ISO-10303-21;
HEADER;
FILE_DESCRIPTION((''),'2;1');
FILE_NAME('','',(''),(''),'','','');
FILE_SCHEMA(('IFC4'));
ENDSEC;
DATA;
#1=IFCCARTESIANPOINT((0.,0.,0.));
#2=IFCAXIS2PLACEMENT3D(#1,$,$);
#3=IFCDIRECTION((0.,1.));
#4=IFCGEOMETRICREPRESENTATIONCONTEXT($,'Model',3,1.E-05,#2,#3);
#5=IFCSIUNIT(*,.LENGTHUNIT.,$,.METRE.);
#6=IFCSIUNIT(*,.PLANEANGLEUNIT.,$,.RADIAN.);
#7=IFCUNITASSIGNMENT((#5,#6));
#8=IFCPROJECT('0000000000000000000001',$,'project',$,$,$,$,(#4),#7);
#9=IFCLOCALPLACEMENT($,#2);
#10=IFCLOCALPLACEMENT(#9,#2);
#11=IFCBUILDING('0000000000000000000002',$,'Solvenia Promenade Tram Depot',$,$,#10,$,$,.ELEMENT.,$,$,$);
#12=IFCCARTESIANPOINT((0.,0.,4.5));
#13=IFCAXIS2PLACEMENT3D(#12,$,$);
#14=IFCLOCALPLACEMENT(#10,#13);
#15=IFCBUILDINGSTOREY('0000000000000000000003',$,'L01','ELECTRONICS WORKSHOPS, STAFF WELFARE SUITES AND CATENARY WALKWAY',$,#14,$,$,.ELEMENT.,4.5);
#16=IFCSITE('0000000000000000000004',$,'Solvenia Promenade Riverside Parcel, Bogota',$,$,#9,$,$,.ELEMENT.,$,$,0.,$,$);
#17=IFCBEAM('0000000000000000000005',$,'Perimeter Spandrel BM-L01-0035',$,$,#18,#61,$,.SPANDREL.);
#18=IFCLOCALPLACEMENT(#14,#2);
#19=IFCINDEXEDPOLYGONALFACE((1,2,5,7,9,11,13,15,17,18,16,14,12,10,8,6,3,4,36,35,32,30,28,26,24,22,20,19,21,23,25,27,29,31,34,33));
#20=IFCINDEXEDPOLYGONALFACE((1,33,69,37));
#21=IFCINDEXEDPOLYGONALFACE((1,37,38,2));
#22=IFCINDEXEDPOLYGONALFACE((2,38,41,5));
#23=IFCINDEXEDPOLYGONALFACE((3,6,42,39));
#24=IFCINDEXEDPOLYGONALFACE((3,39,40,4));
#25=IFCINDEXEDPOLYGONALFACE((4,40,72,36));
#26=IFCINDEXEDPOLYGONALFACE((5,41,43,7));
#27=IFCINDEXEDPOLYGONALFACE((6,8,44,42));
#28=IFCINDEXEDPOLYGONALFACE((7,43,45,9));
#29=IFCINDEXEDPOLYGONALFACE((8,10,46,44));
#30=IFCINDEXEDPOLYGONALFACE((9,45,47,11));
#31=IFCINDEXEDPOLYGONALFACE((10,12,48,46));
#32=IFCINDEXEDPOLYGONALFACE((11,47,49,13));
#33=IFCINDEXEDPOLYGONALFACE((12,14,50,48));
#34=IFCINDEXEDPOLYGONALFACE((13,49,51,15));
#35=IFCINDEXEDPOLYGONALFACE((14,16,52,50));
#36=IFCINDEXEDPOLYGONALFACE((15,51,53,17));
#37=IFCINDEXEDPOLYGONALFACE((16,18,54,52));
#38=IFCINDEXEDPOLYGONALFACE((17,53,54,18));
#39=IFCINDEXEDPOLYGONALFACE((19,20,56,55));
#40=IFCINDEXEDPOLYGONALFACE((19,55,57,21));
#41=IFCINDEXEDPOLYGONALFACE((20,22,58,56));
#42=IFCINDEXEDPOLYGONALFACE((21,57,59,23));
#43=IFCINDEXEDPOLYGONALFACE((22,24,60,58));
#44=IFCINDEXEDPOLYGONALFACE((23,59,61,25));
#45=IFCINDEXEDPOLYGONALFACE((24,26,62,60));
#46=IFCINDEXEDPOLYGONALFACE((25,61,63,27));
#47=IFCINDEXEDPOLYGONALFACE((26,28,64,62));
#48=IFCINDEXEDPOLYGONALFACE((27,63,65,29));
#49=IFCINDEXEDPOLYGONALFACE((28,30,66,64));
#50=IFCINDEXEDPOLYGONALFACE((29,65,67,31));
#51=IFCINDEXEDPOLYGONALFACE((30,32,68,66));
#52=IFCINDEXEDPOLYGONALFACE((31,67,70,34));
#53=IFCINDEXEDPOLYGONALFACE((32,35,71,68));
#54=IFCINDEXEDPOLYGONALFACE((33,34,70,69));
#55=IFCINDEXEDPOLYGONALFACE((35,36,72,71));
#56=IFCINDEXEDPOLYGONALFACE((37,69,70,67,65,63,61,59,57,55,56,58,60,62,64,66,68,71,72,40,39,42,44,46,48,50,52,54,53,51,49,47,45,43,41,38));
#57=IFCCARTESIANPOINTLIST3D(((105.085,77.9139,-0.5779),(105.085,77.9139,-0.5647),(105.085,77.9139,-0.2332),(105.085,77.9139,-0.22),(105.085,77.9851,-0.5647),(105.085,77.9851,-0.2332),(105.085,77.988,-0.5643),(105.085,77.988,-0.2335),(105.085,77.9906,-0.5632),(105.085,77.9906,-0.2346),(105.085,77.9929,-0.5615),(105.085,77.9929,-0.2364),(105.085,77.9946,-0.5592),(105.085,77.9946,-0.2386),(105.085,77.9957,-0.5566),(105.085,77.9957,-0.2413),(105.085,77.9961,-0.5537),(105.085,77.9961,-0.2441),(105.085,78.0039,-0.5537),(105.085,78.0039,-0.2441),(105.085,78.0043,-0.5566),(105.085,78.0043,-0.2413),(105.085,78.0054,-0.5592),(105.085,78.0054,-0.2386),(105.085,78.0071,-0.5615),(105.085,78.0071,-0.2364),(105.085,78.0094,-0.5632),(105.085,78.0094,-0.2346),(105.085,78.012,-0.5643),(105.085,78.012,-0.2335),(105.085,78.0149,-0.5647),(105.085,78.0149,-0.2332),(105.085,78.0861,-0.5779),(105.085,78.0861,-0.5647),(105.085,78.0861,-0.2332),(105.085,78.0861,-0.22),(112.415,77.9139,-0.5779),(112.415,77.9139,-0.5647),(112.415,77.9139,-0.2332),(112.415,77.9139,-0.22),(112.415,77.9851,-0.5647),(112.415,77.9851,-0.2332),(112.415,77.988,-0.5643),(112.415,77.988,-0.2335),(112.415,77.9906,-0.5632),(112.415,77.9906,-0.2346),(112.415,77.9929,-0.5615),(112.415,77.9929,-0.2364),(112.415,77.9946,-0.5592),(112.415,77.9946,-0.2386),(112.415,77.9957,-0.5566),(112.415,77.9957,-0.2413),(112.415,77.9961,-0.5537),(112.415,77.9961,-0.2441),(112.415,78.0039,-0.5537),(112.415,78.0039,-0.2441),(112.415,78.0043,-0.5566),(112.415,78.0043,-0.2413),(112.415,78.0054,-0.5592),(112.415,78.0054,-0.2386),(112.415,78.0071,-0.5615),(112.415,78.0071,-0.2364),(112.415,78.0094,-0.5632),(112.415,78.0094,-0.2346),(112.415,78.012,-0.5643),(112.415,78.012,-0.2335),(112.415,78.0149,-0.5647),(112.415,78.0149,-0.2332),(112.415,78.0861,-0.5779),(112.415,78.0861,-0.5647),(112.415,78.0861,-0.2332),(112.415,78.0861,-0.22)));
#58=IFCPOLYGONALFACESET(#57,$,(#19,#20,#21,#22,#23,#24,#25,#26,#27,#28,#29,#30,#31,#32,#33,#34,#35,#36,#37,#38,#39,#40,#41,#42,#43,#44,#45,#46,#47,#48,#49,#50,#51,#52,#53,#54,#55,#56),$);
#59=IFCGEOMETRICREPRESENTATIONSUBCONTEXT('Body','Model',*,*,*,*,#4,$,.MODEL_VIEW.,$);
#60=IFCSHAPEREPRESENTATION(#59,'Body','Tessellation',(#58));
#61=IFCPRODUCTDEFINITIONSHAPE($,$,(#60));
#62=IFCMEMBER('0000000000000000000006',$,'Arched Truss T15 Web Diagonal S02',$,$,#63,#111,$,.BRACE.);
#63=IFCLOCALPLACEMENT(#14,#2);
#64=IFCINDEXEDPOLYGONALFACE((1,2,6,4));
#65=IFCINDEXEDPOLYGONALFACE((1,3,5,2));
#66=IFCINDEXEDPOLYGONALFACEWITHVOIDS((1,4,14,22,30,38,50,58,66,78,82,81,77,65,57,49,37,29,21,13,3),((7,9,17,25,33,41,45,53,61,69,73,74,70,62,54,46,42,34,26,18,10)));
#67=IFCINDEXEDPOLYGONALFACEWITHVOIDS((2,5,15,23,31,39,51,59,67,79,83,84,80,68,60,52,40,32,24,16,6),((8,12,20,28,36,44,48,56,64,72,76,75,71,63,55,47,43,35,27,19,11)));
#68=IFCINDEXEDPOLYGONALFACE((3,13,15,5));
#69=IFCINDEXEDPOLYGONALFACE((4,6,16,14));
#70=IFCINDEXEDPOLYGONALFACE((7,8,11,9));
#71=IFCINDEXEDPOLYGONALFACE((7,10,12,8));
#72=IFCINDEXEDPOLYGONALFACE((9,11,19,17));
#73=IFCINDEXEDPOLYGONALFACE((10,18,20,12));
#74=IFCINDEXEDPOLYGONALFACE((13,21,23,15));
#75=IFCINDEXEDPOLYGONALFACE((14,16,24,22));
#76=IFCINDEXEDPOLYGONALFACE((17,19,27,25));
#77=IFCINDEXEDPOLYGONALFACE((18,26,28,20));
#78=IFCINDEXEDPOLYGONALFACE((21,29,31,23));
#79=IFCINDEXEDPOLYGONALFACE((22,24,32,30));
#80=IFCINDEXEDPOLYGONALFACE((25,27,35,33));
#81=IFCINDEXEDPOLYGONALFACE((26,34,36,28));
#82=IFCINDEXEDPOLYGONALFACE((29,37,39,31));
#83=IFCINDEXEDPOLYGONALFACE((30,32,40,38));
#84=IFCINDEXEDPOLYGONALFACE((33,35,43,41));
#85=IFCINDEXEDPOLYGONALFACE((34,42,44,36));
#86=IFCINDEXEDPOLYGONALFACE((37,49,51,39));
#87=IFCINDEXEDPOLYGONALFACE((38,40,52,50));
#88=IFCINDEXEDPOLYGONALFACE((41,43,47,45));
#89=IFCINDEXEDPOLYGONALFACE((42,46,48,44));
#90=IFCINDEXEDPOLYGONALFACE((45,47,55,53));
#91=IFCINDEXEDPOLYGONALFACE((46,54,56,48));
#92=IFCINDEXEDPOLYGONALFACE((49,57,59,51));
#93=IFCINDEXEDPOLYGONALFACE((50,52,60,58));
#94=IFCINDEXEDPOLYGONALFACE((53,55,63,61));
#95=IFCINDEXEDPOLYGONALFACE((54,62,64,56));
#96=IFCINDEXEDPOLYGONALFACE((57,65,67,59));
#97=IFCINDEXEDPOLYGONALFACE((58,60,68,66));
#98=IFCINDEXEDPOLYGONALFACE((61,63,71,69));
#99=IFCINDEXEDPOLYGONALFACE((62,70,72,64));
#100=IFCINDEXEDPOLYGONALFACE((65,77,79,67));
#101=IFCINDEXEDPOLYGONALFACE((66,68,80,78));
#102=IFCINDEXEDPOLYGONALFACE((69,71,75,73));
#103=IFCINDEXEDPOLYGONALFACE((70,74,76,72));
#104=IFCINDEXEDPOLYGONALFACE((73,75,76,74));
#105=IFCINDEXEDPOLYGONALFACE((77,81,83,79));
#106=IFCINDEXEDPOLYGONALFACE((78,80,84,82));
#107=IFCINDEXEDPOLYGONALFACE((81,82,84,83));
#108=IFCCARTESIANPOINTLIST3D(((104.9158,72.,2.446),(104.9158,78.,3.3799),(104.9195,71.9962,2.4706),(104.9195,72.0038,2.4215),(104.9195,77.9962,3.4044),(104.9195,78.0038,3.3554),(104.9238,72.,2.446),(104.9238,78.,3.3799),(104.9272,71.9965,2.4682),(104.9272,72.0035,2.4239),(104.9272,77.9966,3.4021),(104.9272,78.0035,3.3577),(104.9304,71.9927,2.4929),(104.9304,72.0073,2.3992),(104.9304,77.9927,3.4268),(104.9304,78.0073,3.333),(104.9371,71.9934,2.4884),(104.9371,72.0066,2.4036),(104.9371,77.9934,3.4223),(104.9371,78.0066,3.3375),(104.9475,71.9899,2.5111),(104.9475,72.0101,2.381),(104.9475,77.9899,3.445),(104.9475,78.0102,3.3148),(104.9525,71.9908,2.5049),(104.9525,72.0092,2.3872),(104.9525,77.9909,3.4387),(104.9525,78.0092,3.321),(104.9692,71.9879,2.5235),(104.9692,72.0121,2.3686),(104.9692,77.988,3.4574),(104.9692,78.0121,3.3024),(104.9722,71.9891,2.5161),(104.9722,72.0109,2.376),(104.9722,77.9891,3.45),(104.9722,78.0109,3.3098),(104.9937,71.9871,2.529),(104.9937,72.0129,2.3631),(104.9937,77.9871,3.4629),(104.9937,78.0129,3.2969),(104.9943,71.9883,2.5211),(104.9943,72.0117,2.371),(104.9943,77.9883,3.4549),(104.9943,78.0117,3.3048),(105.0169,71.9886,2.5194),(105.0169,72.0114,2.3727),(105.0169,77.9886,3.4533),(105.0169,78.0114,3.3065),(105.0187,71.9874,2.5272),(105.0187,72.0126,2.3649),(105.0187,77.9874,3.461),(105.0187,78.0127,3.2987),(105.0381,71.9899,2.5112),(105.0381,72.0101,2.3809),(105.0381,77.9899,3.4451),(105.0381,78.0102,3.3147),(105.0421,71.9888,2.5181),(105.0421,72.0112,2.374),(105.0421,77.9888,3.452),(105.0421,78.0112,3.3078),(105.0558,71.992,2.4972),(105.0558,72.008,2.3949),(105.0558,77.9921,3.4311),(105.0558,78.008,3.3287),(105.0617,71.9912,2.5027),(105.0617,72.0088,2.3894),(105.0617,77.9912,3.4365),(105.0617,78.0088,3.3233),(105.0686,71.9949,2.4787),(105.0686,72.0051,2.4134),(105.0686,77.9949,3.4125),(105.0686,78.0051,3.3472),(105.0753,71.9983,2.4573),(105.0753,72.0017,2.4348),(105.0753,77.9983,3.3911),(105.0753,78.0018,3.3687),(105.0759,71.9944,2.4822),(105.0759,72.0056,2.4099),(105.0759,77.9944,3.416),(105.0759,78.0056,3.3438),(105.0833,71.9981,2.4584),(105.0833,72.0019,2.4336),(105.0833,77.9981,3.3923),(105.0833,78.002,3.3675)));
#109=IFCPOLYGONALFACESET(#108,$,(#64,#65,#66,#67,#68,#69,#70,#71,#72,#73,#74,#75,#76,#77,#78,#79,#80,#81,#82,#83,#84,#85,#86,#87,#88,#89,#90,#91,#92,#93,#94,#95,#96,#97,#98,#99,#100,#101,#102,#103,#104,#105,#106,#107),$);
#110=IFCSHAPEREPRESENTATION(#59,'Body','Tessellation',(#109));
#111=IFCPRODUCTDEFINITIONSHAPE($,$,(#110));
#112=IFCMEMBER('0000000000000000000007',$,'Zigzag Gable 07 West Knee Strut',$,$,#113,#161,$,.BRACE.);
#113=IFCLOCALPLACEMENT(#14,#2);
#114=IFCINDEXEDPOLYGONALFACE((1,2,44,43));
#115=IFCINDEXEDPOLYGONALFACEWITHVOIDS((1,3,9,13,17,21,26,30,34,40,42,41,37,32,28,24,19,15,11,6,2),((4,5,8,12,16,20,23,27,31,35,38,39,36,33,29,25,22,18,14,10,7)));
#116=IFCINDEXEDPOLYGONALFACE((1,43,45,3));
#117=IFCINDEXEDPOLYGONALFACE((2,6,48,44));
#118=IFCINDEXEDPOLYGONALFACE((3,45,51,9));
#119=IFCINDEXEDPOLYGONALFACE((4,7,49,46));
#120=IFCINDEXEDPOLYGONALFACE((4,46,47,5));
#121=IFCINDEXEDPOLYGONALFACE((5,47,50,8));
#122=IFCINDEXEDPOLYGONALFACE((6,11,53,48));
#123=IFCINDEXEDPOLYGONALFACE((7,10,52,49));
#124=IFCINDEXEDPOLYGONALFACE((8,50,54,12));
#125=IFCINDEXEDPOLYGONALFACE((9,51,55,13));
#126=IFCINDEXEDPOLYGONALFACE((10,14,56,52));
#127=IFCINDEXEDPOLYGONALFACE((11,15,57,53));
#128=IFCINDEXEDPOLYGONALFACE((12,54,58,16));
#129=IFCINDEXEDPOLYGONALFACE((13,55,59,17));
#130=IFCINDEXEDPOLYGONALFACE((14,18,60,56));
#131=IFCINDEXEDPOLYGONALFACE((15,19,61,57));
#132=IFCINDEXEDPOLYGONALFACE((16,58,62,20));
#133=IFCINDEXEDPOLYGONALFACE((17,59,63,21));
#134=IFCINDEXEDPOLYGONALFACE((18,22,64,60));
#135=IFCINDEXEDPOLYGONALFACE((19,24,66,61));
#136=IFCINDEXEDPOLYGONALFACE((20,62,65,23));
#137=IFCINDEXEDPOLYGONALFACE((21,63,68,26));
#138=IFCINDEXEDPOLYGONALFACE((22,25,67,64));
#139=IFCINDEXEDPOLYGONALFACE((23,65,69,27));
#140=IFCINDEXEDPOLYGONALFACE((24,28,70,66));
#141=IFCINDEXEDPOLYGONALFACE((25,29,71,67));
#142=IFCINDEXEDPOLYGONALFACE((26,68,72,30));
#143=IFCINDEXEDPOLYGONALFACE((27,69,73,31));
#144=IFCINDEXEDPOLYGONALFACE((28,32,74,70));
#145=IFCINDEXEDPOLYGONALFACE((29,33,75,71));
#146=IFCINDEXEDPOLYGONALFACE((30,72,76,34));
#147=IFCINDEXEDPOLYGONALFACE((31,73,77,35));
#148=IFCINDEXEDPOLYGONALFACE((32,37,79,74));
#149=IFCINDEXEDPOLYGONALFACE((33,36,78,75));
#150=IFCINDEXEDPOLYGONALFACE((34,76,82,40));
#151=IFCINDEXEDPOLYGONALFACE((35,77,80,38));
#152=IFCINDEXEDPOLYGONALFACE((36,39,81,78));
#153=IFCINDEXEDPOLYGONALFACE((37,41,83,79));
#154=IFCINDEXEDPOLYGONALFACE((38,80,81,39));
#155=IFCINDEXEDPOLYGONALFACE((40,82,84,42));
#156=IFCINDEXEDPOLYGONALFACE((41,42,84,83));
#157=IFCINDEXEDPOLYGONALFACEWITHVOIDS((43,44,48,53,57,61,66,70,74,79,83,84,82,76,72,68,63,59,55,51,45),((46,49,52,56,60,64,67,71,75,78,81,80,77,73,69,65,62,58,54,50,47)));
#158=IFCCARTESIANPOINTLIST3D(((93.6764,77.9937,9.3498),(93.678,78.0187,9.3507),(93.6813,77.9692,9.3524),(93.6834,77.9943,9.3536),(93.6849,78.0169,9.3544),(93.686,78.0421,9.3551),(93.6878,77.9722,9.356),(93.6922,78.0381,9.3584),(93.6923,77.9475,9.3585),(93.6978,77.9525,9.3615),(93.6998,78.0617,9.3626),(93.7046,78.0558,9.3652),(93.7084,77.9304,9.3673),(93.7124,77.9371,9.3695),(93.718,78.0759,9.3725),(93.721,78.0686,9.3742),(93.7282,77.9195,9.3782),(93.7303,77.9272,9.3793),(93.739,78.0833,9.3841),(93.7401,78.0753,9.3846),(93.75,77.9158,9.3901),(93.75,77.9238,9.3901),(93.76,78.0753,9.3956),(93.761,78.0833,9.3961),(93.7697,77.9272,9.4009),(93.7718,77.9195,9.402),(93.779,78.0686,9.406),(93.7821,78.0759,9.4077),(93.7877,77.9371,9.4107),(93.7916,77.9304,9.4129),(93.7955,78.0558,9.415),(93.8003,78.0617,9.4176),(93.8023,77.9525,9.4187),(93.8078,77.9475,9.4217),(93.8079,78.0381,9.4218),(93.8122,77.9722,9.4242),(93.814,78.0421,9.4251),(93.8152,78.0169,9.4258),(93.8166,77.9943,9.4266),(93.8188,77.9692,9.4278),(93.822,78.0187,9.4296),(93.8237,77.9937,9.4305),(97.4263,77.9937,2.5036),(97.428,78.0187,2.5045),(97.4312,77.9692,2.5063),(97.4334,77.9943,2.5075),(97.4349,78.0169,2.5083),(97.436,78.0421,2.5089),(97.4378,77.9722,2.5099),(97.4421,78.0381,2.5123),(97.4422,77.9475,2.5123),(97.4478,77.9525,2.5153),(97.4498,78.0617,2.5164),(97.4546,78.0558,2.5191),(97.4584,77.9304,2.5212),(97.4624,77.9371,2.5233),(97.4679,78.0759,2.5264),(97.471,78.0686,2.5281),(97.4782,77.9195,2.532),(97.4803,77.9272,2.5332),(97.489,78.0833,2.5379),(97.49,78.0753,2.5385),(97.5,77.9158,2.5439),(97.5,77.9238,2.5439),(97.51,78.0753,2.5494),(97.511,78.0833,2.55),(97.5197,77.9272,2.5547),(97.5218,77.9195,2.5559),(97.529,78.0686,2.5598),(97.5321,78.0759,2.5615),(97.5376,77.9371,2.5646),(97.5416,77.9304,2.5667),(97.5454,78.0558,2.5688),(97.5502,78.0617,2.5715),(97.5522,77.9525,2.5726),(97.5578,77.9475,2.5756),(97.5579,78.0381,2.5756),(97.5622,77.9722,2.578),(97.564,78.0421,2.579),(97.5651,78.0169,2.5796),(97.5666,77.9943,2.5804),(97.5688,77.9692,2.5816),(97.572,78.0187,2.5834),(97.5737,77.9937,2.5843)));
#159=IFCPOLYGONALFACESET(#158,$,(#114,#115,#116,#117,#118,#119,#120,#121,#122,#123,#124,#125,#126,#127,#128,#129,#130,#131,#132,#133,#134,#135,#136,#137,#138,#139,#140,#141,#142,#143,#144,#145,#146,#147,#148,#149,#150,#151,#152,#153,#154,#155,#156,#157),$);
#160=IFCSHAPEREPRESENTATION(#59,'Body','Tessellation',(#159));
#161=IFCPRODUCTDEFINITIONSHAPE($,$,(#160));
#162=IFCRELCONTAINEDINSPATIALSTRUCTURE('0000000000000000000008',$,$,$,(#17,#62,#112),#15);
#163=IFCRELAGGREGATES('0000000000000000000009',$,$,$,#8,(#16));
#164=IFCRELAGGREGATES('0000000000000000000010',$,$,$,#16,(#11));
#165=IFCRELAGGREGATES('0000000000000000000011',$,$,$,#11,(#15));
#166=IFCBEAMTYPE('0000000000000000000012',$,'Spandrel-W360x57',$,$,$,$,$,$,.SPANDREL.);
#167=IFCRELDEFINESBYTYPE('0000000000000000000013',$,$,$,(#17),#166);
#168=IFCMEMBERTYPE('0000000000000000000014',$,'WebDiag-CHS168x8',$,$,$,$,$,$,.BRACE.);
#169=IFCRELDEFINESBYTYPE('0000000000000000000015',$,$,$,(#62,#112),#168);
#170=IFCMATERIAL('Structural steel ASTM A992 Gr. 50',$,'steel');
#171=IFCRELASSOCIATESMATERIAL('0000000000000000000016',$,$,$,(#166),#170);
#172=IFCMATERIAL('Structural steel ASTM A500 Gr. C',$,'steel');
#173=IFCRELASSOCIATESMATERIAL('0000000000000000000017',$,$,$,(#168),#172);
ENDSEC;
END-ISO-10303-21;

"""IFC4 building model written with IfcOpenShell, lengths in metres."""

from ifc_helpers import new_model, si_unit, direction, frame, origin, origin_2d, place, context, subcontext, project, spatial, hollow_circle, i_section, extrude, material, material_profile, profile_set, type_object, element, save


model = new_model("IFC4")

# Units and contexts
model_context = context("Model", 3, precision=1e-05, world=origin(), true_north=direction((0.0, 1.0)))
body_context = subcontext(model_context, "Body", "Model", "MODEL_VIEW")
ifc_project = project(units=[si_unit("LENGTHUNIT", "METRE"), si_unit("PLANEANGLEUNIT", "RADIAN")], contexts=[model_context])

# Site, building, storey
site_placement = place(None, origin())
site = spatial("IfcSite", under=ifc_project, at=site_placement, Name="Solvenia Promenade Riverside Parcel, Bogota", CompositionType="ELEMENT", RefElevation=0.0)
building_placement = place(site_placement, origin())
building = spatial("IfcBuilding", under=site, at=building_placement, Name="Solvenia Promenade Tram Depot", CompositionType="ELEMENT")
storey_placement = place(building_placement, frame((0.0, 0.0, 4.5)))
storey = spatial("IfcBuildingStorey", under=building, at=storey_placement, Name="L01", Description="ELECTRONICS WORKSHOPS, STAFF WELFARE SUITES AND CATENARY WALKWAY", CompositionType="ELEMENT", Elevation=4.5)

# Shared definitions
ifc_material_1 = material(Name="Structural steel ASTM A992 Gr. 50", Category="steel")

# Shared definitions
ifc_material_2 = material(Name="Structural steel ASTM A500 Gr. C", Category="steel")

# Beam
ifc_material_profile_1 = material_profile(ifc_material_1, i_section(OverallWidth=0.1721, OverallDepth=0.3579, WebThickness=0.0078, FlangeThickness=0.0132, FilletRadius=0.011, at=origin_2d()), Name="W360x57", Category="steel")
ifc_profile_set_1 = profile_set([ifc_material_profile_1], Name="Structural steel ASTM A992 Gr. 50")
beam_type_1 = type_object("IfcBeamType", Name="Spandrel-W360x57", PredefinedType="SPANDREL", material=ifc_profile_set_1)
for number, where, z_axis, x_axis, name in (
    (1, (105.085, 78.0, -0.3989), (1.0, 0.0, 0.0), (0.0, 1.0, 0.0), "Perimeter Spandrel BM-L01-0035"),
):
    element("IfcBeam", number, at=place(storey_placement, frame(where, z_axis=z_axis, x_axis=x_axis)), inside=storey, type_object=beam_type_1, Name=name, PredefinedType="SPANDREL", context=body_context, shape_type="SweptSolid", body=[
        extrude(i_section(OverallWidth=0.1721, OverallDepth=0.3579, WebThickness=0.0078, FlangeThickness=0.0132, FilletRadius=0.011, at=origin_2d()), origin(), (0.0, 0.0, 1.0), 7.3301),
    ])

# Members
ifc_material_profile_2 = material_profile(ifc_material_2, hollow_circle(Radius=0.0842, WallThickness=0.0081, at=origin_2d()), Name="CHS168.3x8", Category="steel")
ifc_profile_set_2 = profile_set([ifc_material_profile_2], Name="Structural steel ASTM A500 Gr. C")
member_type_1 = type_object("IfcMemberType", Name="WebDiag-CHS168x8", PredefinedType="BRACE", material=ifc_profile_set_2)
member_1_placement = place(storey_placement, frame((105.0, 72.0, 2.446), z_axis=(0.0, 0.988104, 0.153788), x_axis=(-1.0, 0.0, 0.0)))
element("IfcMember", 2, at=member_1_placement, inside=storey, type_object=member_type_1, Name="Arched Truss T15 Web Diagonal S02", PredefinedType="BRACE", context=body_context, shape_type="SweptSolid", body=[
    extrude(hollow_circle(Radius=0.0842, WallThickness=0.0081, at=origin_2d()), origin(), (0.0, 0.0, 1.0), 6.0723),
])
for number, where, z_axis, x_axis, name in (
    (3, (97.5, 78.0, 2.5439), (-0.480403, 0.0, 0.877048), (0.0, -1.0, 0.0), "Zigzag Gable 07 West Knee Strut"),
):
    element("IfcMember", number, at=place(storey_placement, frame(where, z_axis=z_axis, x_axis=x_axis)), inside=storey, type_object=member_type_1, Name=name, PredefinedType="BRACE", context=body_context, shape_type="SweptSolid", body=[
        extrude(hollow_circle(Radius=0.0842, WallThickness=0.0081, at=origin_2d()), origin(), (0.0, 0.0, 1.0), 7.8059),
    ])

save(model, "model.ifc")
